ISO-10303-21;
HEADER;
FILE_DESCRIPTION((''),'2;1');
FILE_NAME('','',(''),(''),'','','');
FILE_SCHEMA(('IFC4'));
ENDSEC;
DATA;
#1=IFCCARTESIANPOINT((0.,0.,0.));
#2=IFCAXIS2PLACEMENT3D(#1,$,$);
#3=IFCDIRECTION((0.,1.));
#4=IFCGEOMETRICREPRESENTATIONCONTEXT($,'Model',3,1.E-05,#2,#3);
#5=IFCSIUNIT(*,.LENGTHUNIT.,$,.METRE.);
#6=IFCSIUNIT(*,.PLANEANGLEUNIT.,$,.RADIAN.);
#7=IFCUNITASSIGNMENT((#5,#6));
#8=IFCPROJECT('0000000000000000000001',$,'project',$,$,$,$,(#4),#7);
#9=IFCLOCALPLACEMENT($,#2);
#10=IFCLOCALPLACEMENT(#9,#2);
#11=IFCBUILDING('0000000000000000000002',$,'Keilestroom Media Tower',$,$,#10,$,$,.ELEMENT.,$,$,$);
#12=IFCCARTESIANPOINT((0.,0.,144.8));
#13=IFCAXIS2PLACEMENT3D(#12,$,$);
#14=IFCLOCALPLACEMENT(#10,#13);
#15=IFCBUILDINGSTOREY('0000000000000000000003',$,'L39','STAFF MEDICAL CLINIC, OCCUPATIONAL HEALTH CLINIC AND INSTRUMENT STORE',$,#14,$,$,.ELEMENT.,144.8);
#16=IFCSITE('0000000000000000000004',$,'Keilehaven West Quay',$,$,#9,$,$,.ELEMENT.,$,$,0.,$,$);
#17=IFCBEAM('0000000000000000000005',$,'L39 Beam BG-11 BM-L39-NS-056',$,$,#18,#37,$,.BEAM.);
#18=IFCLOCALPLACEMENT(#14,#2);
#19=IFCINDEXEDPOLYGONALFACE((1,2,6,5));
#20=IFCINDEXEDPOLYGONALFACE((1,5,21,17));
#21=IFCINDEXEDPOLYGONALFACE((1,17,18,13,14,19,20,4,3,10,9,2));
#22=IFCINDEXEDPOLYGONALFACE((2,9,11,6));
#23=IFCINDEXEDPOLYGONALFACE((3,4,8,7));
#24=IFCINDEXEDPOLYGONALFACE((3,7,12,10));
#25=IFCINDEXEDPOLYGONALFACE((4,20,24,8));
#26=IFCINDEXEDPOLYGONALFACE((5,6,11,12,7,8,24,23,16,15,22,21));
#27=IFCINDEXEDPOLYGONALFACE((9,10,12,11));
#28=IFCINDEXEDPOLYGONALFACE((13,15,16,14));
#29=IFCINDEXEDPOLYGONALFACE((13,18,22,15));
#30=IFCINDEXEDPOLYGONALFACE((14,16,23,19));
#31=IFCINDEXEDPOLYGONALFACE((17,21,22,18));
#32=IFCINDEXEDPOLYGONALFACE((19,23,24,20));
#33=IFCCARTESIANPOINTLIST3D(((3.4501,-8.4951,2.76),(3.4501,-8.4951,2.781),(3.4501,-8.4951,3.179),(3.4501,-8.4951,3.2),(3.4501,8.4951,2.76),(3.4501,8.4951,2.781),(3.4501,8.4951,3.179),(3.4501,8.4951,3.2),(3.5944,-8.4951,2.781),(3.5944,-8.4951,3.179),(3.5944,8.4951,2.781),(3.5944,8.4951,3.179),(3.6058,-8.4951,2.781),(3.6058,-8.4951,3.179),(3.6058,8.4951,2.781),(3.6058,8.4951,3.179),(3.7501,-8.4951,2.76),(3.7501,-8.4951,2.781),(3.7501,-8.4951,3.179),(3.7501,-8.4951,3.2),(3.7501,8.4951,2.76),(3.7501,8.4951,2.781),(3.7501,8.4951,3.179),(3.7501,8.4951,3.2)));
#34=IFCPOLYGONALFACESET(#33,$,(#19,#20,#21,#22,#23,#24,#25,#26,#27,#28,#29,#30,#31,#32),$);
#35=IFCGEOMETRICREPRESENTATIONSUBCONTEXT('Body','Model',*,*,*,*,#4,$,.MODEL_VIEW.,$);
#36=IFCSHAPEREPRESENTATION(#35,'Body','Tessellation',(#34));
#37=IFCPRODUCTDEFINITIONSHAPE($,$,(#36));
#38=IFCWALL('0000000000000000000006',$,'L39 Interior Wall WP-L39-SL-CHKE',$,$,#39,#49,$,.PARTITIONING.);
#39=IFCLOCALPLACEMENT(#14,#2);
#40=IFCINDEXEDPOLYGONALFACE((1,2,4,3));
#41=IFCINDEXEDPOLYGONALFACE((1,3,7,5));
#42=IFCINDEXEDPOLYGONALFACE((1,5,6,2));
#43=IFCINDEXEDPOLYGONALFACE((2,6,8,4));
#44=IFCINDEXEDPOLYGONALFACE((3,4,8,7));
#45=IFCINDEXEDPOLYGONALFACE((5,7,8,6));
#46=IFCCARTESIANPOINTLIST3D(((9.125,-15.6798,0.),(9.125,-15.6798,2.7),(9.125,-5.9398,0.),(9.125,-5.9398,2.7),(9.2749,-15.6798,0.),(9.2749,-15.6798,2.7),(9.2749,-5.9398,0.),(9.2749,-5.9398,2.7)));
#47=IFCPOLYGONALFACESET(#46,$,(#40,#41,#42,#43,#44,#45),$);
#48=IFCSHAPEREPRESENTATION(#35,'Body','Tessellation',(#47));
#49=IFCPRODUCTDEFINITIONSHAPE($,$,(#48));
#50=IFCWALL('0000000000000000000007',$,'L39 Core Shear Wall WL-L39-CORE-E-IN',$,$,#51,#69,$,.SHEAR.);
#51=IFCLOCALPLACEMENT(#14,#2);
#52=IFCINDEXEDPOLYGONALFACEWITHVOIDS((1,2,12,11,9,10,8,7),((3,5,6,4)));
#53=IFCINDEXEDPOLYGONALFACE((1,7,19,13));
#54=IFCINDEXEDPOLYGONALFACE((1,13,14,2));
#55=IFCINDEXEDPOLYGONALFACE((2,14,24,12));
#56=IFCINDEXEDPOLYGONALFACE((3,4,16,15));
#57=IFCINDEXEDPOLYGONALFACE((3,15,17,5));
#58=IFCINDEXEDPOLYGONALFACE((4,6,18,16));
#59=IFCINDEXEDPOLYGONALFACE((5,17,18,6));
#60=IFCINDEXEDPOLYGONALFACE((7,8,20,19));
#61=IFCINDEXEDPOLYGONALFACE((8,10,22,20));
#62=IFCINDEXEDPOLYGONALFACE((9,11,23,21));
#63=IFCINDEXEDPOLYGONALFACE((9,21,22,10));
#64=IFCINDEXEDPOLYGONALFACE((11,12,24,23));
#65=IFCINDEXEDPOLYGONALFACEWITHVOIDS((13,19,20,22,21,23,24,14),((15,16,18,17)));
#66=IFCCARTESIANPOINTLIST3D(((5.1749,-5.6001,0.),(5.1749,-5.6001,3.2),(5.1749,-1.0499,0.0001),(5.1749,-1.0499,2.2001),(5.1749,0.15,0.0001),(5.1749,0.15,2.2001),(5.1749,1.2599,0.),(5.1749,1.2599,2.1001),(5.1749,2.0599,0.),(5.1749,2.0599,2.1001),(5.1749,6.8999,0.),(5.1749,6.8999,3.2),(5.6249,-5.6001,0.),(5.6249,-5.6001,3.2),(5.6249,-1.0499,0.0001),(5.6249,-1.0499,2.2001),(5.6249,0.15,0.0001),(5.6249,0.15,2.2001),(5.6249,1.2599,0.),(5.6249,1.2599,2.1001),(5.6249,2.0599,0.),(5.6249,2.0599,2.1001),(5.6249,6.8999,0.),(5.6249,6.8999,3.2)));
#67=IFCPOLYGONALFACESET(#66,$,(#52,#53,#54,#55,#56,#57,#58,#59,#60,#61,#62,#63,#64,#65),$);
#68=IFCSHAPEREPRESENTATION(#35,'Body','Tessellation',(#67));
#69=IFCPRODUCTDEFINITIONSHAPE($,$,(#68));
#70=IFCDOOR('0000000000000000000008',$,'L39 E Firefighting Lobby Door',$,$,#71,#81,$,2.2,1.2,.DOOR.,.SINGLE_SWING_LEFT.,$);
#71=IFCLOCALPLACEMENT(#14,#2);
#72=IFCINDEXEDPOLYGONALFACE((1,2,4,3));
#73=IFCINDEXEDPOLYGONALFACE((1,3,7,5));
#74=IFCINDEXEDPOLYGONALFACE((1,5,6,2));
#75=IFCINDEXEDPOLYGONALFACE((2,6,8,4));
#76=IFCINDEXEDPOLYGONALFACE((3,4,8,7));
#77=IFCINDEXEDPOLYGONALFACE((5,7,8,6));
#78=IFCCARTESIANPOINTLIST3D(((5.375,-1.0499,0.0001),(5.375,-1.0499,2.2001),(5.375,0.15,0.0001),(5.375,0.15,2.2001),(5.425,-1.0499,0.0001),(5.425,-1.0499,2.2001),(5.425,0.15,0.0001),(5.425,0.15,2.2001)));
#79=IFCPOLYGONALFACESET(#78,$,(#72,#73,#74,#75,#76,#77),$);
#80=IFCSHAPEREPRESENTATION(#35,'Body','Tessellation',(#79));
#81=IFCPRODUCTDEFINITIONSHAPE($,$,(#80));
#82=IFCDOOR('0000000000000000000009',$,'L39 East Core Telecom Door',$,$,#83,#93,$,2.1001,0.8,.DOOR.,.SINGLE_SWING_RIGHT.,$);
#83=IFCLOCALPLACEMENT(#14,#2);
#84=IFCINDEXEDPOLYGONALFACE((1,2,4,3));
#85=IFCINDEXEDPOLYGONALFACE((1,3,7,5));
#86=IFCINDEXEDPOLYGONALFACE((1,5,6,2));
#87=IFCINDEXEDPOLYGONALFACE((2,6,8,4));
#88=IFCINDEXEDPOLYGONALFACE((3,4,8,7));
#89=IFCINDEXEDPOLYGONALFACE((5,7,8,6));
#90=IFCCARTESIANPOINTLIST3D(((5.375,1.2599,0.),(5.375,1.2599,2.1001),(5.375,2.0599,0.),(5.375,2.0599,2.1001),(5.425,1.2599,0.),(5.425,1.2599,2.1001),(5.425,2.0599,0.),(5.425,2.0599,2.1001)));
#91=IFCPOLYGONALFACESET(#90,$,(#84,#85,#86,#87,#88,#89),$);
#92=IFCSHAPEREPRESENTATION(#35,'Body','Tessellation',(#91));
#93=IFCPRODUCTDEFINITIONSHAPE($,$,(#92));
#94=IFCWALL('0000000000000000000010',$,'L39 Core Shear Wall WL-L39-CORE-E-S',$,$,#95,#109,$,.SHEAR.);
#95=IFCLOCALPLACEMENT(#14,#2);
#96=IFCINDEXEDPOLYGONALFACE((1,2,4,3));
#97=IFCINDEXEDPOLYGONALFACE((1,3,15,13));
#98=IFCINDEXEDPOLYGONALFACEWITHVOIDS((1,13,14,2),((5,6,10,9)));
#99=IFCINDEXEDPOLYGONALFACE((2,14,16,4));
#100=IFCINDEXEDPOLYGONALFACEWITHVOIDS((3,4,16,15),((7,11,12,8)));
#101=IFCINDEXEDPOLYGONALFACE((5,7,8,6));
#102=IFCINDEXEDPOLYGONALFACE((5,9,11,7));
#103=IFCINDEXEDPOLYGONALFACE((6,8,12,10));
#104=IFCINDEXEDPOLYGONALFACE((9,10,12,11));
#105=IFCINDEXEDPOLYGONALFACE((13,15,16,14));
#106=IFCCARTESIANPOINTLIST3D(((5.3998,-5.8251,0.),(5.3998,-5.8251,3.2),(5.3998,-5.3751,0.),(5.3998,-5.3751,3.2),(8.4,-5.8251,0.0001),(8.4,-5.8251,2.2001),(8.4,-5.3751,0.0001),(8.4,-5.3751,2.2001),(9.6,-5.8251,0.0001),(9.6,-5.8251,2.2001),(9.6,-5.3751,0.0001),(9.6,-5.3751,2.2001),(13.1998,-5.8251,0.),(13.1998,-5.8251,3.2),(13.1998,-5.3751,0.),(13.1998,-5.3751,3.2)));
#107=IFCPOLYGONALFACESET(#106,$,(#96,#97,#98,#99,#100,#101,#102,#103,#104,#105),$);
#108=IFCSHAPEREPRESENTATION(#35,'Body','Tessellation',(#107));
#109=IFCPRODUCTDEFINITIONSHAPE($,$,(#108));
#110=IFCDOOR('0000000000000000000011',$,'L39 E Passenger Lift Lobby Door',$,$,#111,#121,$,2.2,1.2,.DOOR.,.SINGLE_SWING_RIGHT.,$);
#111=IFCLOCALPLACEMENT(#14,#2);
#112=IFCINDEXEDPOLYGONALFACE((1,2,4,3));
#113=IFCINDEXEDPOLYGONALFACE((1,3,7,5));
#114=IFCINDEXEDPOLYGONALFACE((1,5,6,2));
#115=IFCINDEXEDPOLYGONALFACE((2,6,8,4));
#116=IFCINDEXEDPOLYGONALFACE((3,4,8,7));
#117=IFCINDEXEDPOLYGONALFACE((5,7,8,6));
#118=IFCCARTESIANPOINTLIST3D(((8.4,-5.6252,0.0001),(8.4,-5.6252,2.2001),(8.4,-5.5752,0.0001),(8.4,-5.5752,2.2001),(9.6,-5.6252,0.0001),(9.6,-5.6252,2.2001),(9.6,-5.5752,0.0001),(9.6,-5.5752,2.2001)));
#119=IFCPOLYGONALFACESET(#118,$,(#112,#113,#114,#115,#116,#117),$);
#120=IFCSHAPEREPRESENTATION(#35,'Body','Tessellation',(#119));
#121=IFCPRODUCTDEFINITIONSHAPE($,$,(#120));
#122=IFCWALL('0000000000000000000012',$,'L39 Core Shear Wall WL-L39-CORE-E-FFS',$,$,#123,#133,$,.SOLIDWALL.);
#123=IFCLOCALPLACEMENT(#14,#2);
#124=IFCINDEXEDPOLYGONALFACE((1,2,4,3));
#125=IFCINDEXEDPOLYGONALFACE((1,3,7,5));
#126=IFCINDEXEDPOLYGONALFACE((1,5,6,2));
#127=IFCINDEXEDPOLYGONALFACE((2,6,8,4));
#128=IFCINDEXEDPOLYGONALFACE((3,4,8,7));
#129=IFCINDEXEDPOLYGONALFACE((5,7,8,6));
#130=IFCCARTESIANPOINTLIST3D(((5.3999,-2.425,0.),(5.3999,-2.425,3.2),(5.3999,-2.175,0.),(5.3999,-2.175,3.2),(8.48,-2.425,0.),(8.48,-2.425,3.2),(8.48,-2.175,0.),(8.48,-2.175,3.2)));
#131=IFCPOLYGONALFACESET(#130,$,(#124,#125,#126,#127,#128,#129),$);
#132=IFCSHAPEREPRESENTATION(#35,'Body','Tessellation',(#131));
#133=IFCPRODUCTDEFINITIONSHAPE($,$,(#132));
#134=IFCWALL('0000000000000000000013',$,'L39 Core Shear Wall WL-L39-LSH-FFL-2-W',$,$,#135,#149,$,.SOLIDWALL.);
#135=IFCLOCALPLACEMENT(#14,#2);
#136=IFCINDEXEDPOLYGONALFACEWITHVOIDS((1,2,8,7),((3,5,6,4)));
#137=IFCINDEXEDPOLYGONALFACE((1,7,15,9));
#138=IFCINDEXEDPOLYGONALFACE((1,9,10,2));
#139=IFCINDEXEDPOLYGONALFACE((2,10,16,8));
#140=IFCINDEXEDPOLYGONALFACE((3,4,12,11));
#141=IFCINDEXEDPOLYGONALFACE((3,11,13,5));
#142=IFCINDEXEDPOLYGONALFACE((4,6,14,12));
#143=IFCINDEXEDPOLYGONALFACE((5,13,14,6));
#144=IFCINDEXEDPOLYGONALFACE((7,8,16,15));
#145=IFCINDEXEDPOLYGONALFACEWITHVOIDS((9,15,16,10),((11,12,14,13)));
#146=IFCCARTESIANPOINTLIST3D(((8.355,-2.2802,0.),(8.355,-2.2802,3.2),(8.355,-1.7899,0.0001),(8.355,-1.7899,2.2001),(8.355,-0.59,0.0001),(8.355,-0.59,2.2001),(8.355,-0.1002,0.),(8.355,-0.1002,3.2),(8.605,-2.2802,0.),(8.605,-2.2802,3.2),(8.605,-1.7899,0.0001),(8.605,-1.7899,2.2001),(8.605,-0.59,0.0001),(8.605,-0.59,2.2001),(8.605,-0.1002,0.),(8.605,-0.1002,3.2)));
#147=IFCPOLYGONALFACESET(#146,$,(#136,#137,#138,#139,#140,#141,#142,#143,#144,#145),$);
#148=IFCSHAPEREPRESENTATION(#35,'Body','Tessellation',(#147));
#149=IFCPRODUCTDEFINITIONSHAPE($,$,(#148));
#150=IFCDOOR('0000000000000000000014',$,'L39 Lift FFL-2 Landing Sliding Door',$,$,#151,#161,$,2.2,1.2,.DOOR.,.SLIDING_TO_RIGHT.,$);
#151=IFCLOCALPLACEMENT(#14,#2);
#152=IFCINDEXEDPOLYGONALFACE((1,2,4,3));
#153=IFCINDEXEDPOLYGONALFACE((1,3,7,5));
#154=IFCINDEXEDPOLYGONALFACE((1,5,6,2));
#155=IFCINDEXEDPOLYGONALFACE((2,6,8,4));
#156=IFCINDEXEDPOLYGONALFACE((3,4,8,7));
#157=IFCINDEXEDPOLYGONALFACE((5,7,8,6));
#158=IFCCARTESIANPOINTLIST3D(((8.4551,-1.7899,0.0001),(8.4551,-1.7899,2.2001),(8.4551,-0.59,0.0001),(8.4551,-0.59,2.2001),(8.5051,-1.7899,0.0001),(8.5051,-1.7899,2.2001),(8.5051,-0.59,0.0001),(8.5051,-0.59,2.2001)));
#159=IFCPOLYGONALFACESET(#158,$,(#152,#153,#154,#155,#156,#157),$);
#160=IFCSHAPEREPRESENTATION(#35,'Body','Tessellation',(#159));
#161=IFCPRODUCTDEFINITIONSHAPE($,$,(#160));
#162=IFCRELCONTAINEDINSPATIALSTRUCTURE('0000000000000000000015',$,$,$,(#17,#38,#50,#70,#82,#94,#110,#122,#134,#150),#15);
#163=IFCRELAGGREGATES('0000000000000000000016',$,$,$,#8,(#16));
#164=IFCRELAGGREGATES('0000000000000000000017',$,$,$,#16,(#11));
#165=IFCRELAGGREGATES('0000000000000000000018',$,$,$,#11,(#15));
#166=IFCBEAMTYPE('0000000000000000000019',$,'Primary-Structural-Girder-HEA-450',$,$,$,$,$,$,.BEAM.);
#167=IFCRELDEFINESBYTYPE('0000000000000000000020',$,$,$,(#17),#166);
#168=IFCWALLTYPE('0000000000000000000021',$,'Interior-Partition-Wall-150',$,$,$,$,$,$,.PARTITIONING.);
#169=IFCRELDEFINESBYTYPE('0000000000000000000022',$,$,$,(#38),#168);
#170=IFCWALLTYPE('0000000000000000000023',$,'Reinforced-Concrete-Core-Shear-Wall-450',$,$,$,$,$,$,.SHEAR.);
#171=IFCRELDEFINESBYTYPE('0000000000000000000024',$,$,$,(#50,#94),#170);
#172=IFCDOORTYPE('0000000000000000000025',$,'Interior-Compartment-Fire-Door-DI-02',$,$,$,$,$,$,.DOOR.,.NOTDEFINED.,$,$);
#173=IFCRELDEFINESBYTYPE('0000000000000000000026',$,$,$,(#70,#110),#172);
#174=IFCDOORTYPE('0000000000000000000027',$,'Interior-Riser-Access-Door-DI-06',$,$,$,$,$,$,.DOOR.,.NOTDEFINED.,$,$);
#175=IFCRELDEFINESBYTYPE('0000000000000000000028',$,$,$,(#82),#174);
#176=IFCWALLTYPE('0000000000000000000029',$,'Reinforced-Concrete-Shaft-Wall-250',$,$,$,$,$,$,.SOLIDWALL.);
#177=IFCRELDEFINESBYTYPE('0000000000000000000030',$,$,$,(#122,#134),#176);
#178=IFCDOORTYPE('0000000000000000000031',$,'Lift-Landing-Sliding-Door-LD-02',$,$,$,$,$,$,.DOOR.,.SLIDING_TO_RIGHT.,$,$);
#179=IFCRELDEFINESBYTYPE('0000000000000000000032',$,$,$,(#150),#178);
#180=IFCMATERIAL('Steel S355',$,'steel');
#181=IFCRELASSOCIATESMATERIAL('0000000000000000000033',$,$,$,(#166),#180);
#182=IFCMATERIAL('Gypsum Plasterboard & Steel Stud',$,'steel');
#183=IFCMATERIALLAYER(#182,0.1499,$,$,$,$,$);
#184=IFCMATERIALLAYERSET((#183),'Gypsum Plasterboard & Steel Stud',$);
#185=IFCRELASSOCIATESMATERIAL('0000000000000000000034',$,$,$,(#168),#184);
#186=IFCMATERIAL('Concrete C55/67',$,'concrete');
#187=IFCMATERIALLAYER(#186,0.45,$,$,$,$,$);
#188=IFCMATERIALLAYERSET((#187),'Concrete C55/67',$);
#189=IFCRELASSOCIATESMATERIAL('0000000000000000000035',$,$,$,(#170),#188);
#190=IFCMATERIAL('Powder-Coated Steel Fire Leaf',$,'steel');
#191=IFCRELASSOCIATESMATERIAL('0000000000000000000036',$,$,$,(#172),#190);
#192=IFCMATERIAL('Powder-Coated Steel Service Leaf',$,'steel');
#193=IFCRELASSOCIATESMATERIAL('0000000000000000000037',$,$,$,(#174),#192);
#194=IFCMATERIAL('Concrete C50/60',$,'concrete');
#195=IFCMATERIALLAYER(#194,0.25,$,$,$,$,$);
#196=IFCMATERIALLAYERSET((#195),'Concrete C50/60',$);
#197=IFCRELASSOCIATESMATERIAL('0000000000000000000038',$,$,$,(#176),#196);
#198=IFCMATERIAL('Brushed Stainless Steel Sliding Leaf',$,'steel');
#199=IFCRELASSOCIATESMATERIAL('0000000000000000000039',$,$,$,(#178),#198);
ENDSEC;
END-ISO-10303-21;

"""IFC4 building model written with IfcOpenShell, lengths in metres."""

from ifc_helpers import new_model, si_unit, direction, frame, frame_2d, origin, origin_2d, place, context, subcontext, project, spatial, rectangle, i_section, extrude, source, transform, mapped, material, layer, layer_set, material_profile, profile_set, type_object, element, fill, save


model = new_model("IFC4")

# Units and contexts
model_context = context("Model", 3, precision=1e-05, world=origin(), true_north=direction((0.0, 1.0)))
body_context = subcontext(model_context, "Body", "Model", "MODEL_VIEW")
ifc_project = project(units=[si_unit("LENGTHUNIT", "METRE"), si_unit("PLANEANGLEUNIT", "RADIAN")], contexts=[model_context])

# Site, building, storey
site_placement = place(None, origin())
site = spatial("IfcSite", under=ifc_project, at=site_placement, Name="Keilehaven West Quay", CompositionType="ELEMENT", RefElevation=0.0)
building_placement = place(site_placement, origin())
building = spatial("IfcBuilding", under=site, at=building_placement, Name="Keilestroom Media Tower", CompositionType="ELEMENT")
storey_placement = place(building_placement, frame((0.0, 0.0, 144.8)))
storey = spatial("IfcBuildingStorey", under=building, at=storey_placement, Name="L39", Description="STAFF MEDICAL CLINIC, OCCUPATIONAL HEALTH CLINIC AND INSTRUMENT STORE", CompositionType="ELEMENT", Elevation=144.8)

# Shared definitions
ifc_material_1 = material(Name="Steel S355", Category="steel")
ifc_material_2 = material(Name="Concrete C55/67", Category="concrete")

# Beam
ifc_material_profile_1 = material_profile(ifc_material_1, i_section(OverallWidth=0.3, OverallDepth=0.4399, WebThickness=0.0115, FlangeThickness=0.021, at=origin_2d()), Name="HEA 450")
ifc_profile_set_1 = profile_set([ifc_material_profile_1], Name="Steel S355")
beam_type_1 = type_object("IfcBeamType", Name="Primary-Structural-Girder-HEA-450", PredefinedType="BEAM", material=ifc_profile_set_1)
shared_shape_1 = source(origin(), body_context, "Body", "SweptSolid", [
    extrude(i_section(OverallWidth=0.3, OverallDepth=0.4399, WebThickness=0.0115, FlangeThickness=0.021, at=origin_2d()), origin(), (0.0, 0.0, 1.0), 16.9902),
])
beam_1_placement = place(storey_placement, frame((3.6001, -8.4951, 2.98), z_axis=(0.0, 1.0, 0.0), x_axis=(-1.0, 0.0, 0.0)))
element("IfcBeam", 1, at=beam_1_placement, inside=storey, type_object=beam_type_1, Name="L39 Beam BG-11 BM-L39-NS-056", PredefinedType="BEAM", context=body_context, shape_type="MappedRepresentation", body=[
    mapped(shared_shape_1, transform((0.0, 0.0, 0.0), x_axis=(1.0, 0.0, 0.0), y_axis=(0.0, 1.0, 0.0), z_axis=(0.0, 0.0, 1.0), scale=1.0)),
])

# Wall
ifc_material_3 = material(Name="Gypsum Plasterboard & Steel Stud", Category="steel")
ifc_layer_1 = layer(ifc_material_3, 0.1499)
ifc_layer_set_1 = layer_set([ifc_layer_1], Name="Gypsum Plasterboard & Steel Stud")
wall_type_1 = type_object("IfcWallType", Name="Interior-Partition-Wall-150", PredefinedType="PARTITIONING", material=ifc_layer_set_1)
wall_1_placement = place(storey_placement, frame((9.2, -15.6799, 0.0), z_axis=(0.0, 0.0, 1.0), x_axis=(0.0, 1.0, 0.0)))
element("IfcWall", 2, at=wall_1_placement, inside=storey, type_object=wall_type_1, Name="L39 Interior Wall WP-L39-SL-CHKE", PredefinedType="PARTITIONING", context=body_context, shape_type="SweptSolid", body=[
    extrude(rectangle(XDim=9.74, YDim=0.1499, at=frame_2d((4.8701, 0.0))), origin(), (0.0, 0.0, 1.0), 2.7),
])

# Wall, openings, doors
ifc_layer_2 = layer(ifc_material_2, 0.45)
ifc_layer_set_2 = layer_set([ifc_layer_2], Name="Concrete C55/67")
wall_type_2 = type_object("IfcWallType", Name="Reinforced-Concrete-Core-Shear-Wall-450", PredefinedType="SHEAR", material=ifc_layer_set_2)
wall_2_placement = place(storey_placement, frame((5.3999, -5.6001, 0.0), z_axis=(0.0, 0.0, 1.0), x_axis=(0.0, 1.0, 0.0)))
wall_2 = element("IfcWall", 3, at=wall_2_placement, inside=storey, type_object=wall_type_2, Name="L39 Core Shear Wall WL-L39-CORE-E-IN", PredefinedType="SHEAR", context=body_context, shape_type="SweptSolid", body=[
    extrude(rectangle(XDim=12.5, YDim=0.45, at=frame_2d((6.25, 0.0))), origin(), (0.0, 0.0, 1.0), 3.2),
])
opening_1_placement = place(wall_2_placement, frame((4.55, 0.0, 0.0)))
opening_1 = element("IfcOpeningElement", 4, at=opening_1_placement, cuts=wall_2, PredefinedType="OPENING", context=body_context, shape_type="SweptSolid", body=[
    extrude(rectangle(XDim=1.2, YDim=2.2, at=frame_2d((0.6001, 1.1001))), frame((0.0, 0.2349, 0.0), z_axis=(0.0, -1.0, 0.0), x_axis=(1.0, 0.0, 0.0)), (0.0, 0.0, 1.0), 0.47),
])
opening_2_placement = place(wall_2_placement, frame((6.8601, 0.0, 0.0)))
opening_2 = element("IfcOpeningElement", 5, at=opening_2_placement, cuts=wall_2, PredefinedType="OPENING", context=body_context, shape_type="SweptSolid", body=[
    extrude(rectangle(XDim=0.8, YDim=2.1001, at=frame_2d((0.3999, 1.05))), frame((0.0, 0.2349, 0.0), z_axis=(0.0, -1.0, 0.0), x_axis=(1.0, 0.0, 0.0)), (0.0, 0.0, 1.0), 0.47),
])
ifc_material_4 = material(Name="Powder-Coated Steel Fire Leaf", Category="steel")
door_type_1 = type_object("IfcDoorType", Name="Interior-Compartment-Fire-Door-DI-02", OperationType="NOTDEFINED", PredefinedType="DOOR", material=ifc_material_4)
shared_shape_2 = source(origin(), body_context, "Body", "SweptSolid", [
    extrude(rectangle(XDim=1.2, YDim=2.2, at=frame_2d((0.6001, 1.1001))), frame((0.0, 0.0249, 0.0), z_axis=(0.0, -1.0, 0.0), x_axis=(1.0, 0.0, 0.0)), (0.0, 0.0, 1.0), 0.05),
])
door_1_placement = place(opening_1_placement, origin())
door_1 = element("IfcDoor", 6, at=door_1_placement, inside=storey, type_object=door_type_1, Name="L39 E Firefighting Lobby Door", OperationType="SINGLE_SWING_LEFT", OverallHeight=2.2, OverallWidth=1.2, PredefinedType="DOOR", context=body_context, shape_type="MappedRepresentation", body=[
    mapped(shared_shape_2, transform((0.0, 0.0, 0.0), x_axis=(1.0, 0.0, 0.0), y_axis=(0.0, 1.0, 0.0), z_axis=(0.0, 0.0, 1.0), scale=1.0)),
])
fill(opening_1, door_1)
ifc_material_5 = material(Name="Powder-Coated Steel Service Leaf", Category="steel")
door_type_2 = type_object("IfcDoorType", Name="Interior-Riser-Access-Door-DI-06", OperationType="NOTDEFINED", PredefinedType="DOOR", material=ifc_material_5)
shared_shape_3 = source(origin(), body_context, "Body", "SweptSolid", [
    extrude(rectangle(XDim=0.8, YDim=2.1001, at=frame_2d((0.3999, 1.05))), frame((0.0, 0.0249, 0.0), z_axis=(0.0, -1.0, 0.0), x_axis=(1.0, 0.0, 0.0)), (0.0, 0.0, 1.0), 0.05),
])
door_2_placement = place(opening_2_placement, origin())
door_2 = element("IfcDoor", 7, at=door_2_placement, inside=storey, type_object=door_type_2, Name="L39 East Core Telecom Door", OperationType="SINGLE_SWING_RIGHT", OverallHeight=2.1001, OverallWidth=0.8, PredefinedType="DOOR", context=body_context, shape_type="MappedRepresentation", body=[
    mapped(shared_shape_3, transform((0.0, 0.0, 0.0), x_axis=(1.0, 0.0, 0.0), y_axis=(0.0, 1.0, 0.0), z_axis=(0.0, 0.0, 1.0), scale=1.0)),
])
fill(opening_2, door_2)

# Wall, opening, door
wall_3_placement = place(storey_placement, frame((5.3999, -5.6001, 0.0), z_axis=(0.0, 0.0, 1.0), x_axis=(1.0, 0.0, 0.0)))
wall_3 = element("IfcWall", 8, at=wall_3_placement, inside=storey, type_object=wall_type_2, Name="L39 Core Shear Wall WL-L39-CORE-E-S", PredefinedType="SHEAR", context=body_context, shape_type="SweptSolid", body=[
    extrude(rectangle(XDim=7.8, YDim=0.45, at=frame_2d((3.8999, 0.0))), origin(), (0.0, 0.0, 1.0), 3.2),
])
opening_3_placement = place(wall_3_placement, frame((3.0, 0.0, 0.0)))
opening_3 = element("IfcOpeningElement", 9, at=opening_3_placement, cuts=wall_3, PredefinedType="OPENING", context=body_context, shape_type="SweptSolid", body=[
    extrude(rectangle(XDim=1.2, YDim=2.2, at=frame_2d((0.6001, 1.1001))), frame((0.0, 0.2349, 0.0), z_axis=(0.0, -1.0, 0.0), x_axis=(1.0, 0.0, 0.0)), (0.0, 0.0, 1.0), 0.47),
])
door_3_placement = place(opening_3_placement, origin())
door_3 = element("IfcDoor", 10, at=door_3_placement, inside=storey, type_object=door_type_1, Name="L39 E Passenger Lift Lobby Door", OperationType="SINGLE_SWING_RIGHT", OverallHeight=2.2, OverallWidth=1.2, PredefinedType="DOOR", context=body_context, shape_type="MappedRepresentation", body=[
    mapped(shared_shape_2, transform((0.0, 0.0, 0.0), x_axis=(1.0, 0.0, 0.0), y_axis=(0.0, 1.0, 0.0), z_axis=(0.0, 0.0, 1.0), scale=1.0)),
])
fill(opening_3, door_3)

# Wall
ifc_material_6 = material(Name="Concrete C50/60", Category="concrete")
ifc_layer_3 = layer(ifc_material_6, 0.25)
ifc_layer_set_3 = layer_set([ifc_layer_3], Name="Concrete C50/60")
wall_type_3 = type_object("IfcWallType", Name="Reinforced-Concrete-Shaft-Wall-250", PredefinedType="SOLIDWALL", material=ifc_layer_set_3)
wall_4_placement = place(storey_placement, frame((5.3999, -2.3, 0.0), z_axis=(0.0, 0.0, 1.0), x_axis=(1.0, 0.0, 0.0)))
element("IfcWall", 11, at=wall_4_placement, inside=storey, type_object=wall_type_3, Name="L39 Core Shear Wall WL-L39-CORE-E-FFS", PredefinedType="SOLIDWALL", context=body_context, shape_type="SweptSolid", body=[
    extrude(rectangle(XDim=3.0801, YDim=0.25, at=frame_2d((1.54, 0.0))), origin(), (0.0, 0.0, 1.0), 3.2),
])

# Wall, opening, door
wall_5_placement = place(storey_placement, frame((8.48, -2.28, 0.0), z_axis=(0.0, 0.0, 1.0), x_axis=(0.0, 1.0, 0.0)))
wall_5 = element("IfcWall", 12, at=wall_5_placement, inside=storey, type_object=wall_type_3, Name="L39 Core Shear Wall WL-L39-LSH-FFL-2-W", PredefinedType="SOLIDWALL", context=body_context, shape_type="SweptSolid", body=[
    extrude(rectangle(XDim=2.1799, YDim=0.25, at=frame_2d((1.0898, 0.0))), origin(), (0.0, 0.0, 1.0), 3.2),
])
opening_4_placement = place(wall_5_placement, frame((0.49, 0.0, 0.0)))
opening_4 = element("IfcOpeningElement", 13, at=opening_4_placement, cuts=wall_5, PredefinedType="OPENING", context=body_context, shape_type="SweptSolid", body=[
    extrude(rectangle(XDim=1.2, YDim=2.2, at=frame_2d((0.6001, 1.1001))), frame((0.0, 0.135, 0.0), z_axis=(0.0, -1.0, 0.0), x_axis=(1.0, 0.0, 0.0)), (0.0, 0.0, 1.0), 0.27),
])
ifc_material_7 = material(Name="Brushed Stainless Steel Sliding Leaf", Category="steel")
door_type_3 = type_object("IfcDoorType", Name="Lift-Landing-Sliding-Door-LD-02", OperationType="SLIDING_TO_RIGHT", PredefinedType="DOOR", material=ifc_material_7)
door_4_placement = place(opening_4_placement, origin())
door_4 = element("IfcDoor", 14, at=door_4_placement, inside=storey, type_object=door_type_3, Name="L39 Lift FFL-2 Landing Sliding Door", OperationType="SLIDING_TO_RIGHT", OverallHeight=2.2, OverallWidth=1.2, PredefinedType="DOOR", context=body_context, shape_type="MappedRepresentation", body=[
    mapped(shared_shape_2, transform((0.0, 0.0, 0.0), x_axis=(1.0, 0.0, 0.0), y_axis=(0.0, 1.0, 0.0), z_axis=(0.0, 0.0, 1.0), scale=1.0)),
])
fill(opening_4, door_4)

save(model, "model.ifc")
